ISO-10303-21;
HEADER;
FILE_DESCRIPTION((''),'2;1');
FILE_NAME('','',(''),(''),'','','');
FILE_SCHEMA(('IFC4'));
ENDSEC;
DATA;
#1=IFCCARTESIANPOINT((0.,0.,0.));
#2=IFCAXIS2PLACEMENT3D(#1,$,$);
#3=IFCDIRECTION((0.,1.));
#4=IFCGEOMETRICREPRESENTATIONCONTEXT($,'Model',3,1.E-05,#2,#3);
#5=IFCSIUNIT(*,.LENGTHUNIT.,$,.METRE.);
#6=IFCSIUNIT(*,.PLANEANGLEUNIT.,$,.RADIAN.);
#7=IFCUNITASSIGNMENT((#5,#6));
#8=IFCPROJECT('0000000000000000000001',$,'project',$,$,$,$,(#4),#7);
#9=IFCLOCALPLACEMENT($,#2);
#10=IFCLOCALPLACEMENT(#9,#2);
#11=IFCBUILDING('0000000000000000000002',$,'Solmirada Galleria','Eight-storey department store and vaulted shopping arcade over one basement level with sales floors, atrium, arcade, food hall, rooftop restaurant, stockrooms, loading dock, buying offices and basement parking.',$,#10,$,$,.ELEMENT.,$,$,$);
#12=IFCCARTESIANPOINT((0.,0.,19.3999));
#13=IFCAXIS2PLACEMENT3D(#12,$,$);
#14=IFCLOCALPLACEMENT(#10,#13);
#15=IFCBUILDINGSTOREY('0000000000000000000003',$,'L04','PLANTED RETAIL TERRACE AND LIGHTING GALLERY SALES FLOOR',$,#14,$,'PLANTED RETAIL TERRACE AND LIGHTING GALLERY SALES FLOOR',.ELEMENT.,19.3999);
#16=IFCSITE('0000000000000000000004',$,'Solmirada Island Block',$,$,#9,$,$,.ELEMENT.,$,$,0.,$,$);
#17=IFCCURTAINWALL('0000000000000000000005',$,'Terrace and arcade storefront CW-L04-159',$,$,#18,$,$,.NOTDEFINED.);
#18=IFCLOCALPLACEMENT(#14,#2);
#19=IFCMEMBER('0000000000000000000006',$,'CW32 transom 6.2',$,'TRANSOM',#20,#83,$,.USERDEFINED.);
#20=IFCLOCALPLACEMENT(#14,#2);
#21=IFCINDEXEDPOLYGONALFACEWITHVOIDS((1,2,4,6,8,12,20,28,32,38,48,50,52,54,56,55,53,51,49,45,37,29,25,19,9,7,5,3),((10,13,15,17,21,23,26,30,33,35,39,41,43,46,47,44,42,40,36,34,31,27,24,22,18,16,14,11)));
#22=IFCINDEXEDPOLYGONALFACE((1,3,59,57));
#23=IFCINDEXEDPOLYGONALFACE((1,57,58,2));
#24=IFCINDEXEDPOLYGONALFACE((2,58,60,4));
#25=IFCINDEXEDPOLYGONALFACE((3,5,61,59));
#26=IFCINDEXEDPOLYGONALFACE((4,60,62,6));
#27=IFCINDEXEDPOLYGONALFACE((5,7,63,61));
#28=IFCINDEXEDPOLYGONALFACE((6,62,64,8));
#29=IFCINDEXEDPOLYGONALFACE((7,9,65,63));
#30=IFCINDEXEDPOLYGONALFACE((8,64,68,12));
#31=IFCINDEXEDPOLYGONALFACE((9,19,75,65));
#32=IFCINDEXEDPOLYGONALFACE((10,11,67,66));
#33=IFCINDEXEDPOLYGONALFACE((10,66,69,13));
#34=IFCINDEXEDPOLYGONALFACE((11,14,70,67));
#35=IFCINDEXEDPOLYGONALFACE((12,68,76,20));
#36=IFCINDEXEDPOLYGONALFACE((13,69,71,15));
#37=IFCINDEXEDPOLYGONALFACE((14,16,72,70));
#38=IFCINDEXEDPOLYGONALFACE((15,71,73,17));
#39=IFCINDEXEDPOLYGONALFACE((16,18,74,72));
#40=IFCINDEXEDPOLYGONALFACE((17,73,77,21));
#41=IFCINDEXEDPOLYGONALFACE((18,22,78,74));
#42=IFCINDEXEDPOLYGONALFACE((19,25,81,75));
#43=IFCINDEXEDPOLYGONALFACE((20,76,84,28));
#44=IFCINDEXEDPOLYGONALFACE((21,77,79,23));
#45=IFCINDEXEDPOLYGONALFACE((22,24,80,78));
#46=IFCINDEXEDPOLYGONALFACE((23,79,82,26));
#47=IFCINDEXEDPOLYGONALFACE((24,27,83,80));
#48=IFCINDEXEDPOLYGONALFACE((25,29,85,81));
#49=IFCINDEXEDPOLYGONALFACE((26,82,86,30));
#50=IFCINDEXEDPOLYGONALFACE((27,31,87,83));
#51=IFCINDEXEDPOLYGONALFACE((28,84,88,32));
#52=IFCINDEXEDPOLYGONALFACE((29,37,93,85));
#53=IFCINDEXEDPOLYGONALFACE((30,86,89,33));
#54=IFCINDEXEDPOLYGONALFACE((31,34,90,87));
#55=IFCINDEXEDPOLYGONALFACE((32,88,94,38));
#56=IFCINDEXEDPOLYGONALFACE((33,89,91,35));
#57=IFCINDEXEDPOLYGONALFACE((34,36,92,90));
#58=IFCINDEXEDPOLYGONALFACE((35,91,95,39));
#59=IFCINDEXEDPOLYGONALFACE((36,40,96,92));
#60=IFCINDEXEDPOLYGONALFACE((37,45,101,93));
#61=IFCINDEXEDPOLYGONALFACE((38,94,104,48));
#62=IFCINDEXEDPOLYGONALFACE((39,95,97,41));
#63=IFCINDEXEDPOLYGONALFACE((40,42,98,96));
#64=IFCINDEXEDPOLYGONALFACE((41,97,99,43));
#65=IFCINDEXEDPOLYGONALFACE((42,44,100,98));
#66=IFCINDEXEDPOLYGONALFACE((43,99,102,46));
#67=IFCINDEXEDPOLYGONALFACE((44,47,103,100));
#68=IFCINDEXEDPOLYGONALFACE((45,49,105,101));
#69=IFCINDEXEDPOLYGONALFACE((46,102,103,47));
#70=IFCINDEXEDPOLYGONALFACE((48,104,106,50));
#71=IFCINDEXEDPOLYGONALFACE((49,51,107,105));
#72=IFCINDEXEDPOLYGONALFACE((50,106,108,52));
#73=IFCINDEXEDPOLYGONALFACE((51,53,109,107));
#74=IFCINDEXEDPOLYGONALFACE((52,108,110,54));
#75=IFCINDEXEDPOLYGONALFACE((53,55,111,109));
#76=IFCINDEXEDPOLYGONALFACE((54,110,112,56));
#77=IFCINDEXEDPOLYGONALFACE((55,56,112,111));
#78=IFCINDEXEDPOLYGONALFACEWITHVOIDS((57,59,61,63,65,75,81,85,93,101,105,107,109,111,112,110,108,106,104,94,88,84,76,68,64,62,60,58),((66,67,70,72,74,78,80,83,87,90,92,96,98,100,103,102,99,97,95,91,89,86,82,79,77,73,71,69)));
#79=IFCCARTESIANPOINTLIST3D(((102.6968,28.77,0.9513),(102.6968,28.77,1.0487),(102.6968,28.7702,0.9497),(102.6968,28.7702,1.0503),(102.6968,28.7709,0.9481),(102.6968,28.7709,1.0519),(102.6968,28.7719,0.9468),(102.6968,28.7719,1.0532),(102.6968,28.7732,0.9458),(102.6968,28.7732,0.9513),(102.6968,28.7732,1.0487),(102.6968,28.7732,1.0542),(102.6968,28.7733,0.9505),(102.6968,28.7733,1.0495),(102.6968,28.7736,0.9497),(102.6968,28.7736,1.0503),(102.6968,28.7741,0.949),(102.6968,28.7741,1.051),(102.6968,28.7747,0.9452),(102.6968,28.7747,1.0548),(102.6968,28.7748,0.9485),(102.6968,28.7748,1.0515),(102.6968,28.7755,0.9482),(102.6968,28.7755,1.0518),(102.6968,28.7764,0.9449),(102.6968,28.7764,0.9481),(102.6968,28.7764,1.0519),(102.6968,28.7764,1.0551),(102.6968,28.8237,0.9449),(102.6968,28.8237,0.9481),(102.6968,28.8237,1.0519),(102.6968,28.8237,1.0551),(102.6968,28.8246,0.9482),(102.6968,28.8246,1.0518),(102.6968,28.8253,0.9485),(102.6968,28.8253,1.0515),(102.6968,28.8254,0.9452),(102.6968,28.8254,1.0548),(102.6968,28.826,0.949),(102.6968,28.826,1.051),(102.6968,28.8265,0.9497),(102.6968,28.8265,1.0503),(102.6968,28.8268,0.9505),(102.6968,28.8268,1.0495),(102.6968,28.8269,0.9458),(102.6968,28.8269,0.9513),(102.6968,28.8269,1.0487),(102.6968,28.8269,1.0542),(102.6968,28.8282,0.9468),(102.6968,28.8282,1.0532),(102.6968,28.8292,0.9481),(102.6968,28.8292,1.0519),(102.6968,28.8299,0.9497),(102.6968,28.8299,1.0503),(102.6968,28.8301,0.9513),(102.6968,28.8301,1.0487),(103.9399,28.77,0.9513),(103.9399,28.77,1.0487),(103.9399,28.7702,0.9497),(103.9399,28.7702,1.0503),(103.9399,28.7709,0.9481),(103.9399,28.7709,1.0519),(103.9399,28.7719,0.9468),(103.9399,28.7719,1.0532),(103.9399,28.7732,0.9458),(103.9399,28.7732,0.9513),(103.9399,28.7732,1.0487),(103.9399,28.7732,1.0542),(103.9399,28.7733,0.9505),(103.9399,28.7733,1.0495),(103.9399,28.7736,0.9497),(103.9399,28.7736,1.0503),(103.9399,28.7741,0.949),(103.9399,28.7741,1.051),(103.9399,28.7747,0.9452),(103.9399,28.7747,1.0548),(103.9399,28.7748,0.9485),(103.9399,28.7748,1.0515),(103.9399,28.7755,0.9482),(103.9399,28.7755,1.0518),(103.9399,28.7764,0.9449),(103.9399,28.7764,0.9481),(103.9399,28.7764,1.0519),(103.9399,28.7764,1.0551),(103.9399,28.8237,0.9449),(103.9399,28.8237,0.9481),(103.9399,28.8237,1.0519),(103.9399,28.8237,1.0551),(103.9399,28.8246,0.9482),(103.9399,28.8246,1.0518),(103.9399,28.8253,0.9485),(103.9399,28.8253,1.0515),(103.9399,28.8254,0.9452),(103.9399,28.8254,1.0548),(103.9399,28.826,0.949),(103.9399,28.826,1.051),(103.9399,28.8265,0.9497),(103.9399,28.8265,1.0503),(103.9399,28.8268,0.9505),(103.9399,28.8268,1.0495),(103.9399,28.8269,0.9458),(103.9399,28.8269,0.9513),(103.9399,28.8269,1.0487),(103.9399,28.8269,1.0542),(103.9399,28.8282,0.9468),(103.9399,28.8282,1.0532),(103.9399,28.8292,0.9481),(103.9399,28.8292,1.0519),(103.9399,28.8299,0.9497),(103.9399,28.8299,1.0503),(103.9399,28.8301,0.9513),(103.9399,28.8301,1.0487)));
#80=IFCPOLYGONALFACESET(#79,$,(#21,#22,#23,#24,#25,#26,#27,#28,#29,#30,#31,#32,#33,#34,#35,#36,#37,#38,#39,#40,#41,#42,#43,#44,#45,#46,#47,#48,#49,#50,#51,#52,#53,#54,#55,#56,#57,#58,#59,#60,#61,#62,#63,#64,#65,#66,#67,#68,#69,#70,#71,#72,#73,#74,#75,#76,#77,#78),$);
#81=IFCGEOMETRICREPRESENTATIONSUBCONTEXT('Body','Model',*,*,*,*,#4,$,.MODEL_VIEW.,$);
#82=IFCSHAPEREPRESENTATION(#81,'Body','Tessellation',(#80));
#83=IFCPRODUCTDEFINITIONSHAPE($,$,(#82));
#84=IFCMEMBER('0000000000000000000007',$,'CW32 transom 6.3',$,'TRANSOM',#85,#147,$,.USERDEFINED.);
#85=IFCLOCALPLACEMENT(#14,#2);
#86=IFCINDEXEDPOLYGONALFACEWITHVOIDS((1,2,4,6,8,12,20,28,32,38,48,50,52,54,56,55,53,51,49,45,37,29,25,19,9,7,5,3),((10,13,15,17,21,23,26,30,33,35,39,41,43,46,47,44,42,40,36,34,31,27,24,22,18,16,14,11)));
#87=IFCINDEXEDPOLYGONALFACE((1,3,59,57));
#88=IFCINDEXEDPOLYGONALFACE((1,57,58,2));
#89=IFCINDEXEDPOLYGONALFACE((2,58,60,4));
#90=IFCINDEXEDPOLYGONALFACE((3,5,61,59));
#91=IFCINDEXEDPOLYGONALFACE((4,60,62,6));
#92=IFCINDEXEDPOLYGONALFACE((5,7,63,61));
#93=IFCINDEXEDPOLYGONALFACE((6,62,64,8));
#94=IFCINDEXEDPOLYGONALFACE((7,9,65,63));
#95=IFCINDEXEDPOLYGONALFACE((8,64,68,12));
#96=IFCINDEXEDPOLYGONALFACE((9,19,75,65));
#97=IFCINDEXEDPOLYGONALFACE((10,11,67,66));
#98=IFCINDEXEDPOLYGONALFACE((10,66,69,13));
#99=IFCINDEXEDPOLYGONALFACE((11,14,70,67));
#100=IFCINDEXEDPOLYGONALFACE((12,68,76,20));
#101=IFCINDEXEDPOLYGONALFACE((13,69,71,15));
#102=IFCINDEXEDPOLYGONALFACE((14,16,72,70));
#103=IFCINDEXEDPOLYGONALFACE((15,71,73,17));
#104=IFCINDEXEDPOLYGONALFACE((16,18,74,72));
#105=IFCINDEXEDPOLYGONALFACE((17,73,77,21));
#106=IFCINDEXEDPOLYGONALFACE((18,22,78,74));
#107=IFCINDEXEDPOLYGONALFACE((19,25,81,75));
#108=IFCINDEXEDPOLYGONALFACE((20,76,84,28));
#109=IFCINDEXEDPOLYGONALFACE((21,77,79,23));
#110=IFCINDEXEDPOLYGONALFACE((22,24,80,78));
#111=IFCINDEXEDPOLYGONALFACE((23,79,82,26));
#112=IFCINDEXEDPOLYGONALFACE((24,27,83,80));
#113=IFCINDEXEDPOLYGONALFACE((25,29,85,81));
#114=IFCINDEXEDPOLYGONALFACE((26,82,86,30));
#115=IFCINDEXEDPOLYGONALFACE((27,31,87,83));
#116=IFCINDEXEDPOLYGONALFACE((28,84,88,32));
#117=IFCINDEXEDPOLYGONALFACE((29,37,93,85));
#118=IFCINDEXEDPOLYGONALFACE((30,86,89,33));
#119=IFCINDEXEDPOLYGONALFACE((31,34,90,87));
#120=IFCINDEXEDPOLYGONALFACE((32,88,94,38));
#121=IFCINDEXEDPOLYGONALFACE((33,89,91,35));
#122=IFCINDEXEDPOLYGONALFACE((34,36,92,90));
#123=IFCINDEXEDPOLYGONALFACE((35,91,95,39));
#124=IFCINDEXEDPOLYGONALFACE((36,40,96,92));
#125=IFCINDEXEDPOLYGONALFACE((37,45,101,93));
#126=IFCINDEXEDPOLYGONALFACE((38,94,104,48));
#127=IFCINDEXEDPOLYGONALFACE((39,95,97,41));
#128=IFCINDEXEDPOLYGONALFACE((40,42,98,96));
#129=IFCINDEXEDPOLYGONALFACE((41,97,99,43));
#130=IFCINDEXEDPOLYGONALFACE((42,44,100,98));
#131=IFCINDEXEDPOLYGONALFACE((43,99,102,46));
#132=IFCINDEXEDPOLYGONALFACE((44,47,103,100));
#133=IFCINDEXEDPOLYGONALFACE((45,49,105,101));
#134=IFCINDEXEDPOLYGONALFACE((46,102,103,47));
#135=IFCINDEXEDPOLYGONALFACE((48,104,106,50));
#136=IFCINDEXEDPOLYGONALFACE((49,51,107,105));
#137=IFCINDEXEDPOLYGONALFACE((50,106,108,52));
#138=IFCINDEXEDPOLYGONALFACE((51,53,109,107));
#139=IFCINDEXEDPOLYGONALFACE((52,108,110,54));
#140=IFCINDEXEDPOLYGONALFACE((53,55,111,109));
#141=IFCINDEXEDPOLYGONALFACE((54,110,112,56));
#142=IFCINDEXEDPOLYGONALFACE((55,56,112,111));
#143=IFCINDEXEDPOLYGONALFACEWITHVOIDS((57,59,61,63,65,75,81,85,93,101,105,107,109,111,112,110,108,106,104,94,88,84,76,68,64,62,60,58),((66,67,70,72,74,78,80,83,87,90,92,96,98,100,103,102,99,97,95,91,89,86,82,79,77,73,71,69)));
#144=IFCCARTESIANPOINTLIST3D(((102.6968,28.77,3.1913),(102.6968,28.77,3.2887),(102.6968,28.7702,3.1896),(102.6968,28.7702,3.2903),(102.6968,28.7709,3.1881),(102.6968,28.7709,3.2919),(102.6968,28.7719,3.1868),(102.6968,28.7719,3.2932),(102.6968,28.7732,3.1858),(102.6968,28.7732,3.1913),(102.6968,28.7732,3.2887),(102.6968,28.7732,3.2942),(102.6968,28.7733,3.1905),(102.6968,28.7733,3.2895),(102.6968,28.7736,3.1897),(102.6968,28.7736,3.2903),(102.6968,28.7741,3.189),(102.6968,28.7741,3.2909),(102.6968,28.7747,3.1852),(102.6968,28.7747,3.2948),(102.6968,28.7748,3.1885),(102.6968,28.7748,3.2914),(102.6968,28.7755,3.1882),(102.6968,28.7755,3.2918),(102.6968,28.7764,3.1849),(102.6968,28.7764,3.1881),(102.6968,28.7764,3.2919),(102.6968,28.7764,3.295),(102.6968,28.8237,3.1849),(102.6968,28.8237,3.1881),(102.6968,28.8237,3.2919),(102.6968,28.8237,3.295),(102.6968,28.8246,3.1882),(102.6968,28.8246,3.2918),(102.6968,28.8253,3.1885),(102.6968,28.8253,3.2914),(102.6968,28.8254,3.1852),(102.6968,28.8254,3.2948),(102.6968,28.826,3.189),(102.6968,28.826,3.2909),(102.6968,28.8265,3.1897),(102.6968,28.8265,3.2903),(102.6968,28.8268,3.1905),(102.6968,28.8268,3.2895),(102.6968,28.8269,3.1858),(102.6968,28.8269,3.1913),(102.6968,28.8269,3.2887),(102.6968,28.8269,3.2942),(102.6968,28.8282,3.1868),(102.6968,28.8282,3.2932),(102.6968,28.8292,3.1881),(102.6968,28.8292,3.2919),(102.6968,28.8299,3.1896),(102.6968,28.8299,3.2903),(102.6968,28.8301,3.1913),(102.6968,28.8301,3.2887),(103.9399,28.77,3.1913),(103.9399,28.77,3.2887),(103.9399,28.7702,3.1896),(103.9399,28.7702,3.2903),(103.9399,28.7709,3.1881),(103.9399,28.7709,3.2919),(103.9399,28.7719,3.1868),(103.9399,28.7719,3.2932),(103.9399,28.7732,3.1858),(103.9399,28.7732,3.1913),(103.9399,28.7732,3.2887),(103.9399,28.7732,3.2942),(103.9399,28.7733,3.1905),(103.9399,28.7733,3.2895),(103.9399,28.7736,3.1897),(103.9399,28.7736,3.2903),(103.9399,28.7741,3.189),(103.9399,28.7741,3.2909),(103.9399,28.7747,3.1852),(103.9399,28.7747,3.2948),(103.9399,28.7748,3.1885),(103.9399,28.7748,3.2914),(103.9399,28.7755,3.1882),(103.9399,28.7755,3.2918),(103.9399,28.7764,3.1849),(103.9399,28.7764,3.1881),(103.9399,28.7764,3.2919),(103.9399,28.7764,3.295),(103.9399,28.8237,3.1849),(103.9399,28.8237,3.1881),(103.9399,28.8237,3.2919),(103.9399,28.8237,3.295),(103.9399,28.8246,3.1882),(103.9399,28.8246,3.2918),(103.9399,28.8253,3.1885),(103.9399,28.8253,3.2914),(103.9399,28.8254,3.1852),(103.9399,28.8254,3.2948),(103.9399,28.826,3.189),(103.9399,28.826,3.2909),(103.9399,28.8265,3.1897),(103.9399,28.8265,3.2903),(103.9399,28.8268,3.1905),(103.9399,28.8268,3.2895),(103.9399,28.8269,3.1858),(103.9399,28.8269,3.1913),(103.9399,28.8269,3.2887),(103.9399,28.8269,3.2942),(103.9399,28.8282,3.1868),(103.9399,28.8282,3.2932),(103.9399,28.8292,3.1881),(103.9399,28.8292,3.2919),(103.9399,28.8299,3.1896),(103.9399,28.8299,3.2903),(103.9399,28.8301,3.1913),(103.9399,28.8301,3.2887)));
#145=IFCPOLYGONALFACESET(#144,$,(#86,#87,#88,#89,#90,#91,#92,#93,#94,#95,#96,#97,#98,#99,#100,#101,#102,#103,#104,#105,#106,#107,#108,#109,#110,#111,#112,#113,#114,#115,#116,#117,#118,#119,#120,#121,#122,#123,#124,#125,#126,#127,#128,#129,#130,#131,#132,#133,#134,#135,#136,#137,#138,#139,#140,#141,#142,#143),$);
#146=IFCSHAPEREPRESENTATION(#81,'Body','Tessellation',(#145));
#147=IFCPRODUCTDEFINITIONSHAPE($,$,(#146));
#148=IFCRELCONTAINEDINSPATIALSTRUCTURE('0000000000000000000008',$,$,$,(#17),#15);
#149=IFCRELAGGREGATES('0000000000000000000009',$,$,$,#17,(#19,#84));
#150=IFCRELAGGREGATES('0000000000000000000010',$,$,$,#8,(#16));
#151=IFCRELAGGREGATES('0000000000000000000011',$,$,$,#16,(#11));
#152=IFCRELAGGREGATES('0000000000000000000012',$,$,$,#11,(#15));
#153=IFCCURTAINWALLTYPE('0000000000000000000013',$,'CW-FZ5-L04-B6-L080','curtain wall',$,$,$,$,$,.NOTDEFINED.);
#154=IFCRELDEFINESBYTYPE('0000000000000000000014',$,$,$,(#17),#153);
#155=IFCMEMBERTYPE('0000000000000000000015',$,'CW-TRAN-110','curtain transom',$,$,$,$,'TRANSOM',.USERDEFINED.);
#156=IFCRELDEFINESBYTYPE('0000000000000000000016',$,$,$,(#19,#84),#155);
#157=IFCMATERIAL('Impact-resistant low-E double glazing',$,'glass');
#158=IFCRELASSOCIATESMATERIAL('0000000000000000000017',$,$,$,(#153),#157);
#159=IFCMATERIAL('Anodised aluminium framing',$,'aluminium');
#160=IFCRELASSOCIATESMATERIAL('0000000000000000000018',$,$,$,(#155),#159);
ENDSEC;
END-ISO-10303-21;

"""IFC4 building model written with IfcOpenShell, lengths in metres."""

from ifc_helpers import new_model, si_unit, direction, frame, origin, origin_2d, place, context, subcontext, project, spatial, hollow_rectangle, extrude, material, material_profile, profile_set, type_object, element, aggregate, save


model = new_model("IFC4")

# Units and contexts
model_context = context("Model", 3, precision=1e-05, world=origin(), true_north=direction((0.0, 1.0)))
body_context = subcontext(model_context, "Body", "Model", "MODEL_VIEW")
ifc_project = project(units=[si_unit("LENGTHUNIT", "METRE"), si_unit("PLANEANGLEUNIT", "RADIAN")], contexts=[model_context])

# Site, building, storey
site_placement = place(None, origin())
site = spatial("IfcSite", under=ifc_project, at=site_placement, Name="Solmirada Island Block", CompositionType="ELEMENT", RefElevation=0.0)
building_placement = place(site_placement, origin())
building = spatial("IfcBuilding", under=site, at=building_placement, Name="Solmirada Galleria", Description="Eight-storey department store and vaulted shopping arcade over one basement level with sales floors, atrium, arcade, food hall, rooftop restaurant, stockrooms, loading dock, buying offices and basement parking.", CompositionType="ELEMENT")
storey_placement = place(building_placement, frame((0.0, 0.0, 19.3999)))
storey = spatial("IfcBuildingStorey", under=building, at=storey_placement, Name="L04", Description="PLANTED RETAIL TERRACE AND LIGHTING GALLERY SALES FLOOR", LongName="PLANTED RETAIL TERRACE AND LIGHTING GALLERY SALES FLOOR", CompositionType="ELEMENT", Elevation=19.3999)

# Curtain wall
ifc_material_1 = material(Name="Impact-resistant low-E double glazing", Category="glass")
curtain_wall_type = type_object("IfcCurtainWallType", Name="CW-FZ5-L04-B6-L080", Description="curtain wall", PredefinedType="NOTDEFINED", material=ifc_material_1)
curtain_wall_1_placement = place(storey_placement, origin())
curtain_wall_1 = element("IfcCurtainWall", 1, at=curtain_wall_1_placement, inside=storey, type_object=curtain_wall_type, Name="Terrace and arcade storefront CW-L04-159", PredefinedType="NOTDEFINED")
ifc_material_2 = material(Name="Anodised aluminium framing", Category="aluminium")

# Members
ifc_material_profile_1 = material_profile(ifc_material_2, hollow_rectangle(XDim=0.0601, YDim=0.1101, WallThickness=0.0032, InnerFilletRadius=0.0032, OuterFilletRadius=0.0063, at=origin_2d()), Name="ALU-TRAN-110X60")
ifc_profile_set_1 = profile_set([ifc_material_profile_1], Name="Anodised aluminium framing")
member_type_1 = type_object("IfcMemberType", Name="CW-TRAN-110", Description="curtain transom", ElementType="TRANSOM", PredefinedType="USERDEFINED", material=ifc_profile_set_1)
member_1_placement = place(storey_placement, frame((102.6968, 28.8, 1.0), z_axis=(1.0, 0.0, 0.0), x_axis=(0.0, 1.0, 0.0)))
member_1 = element("IfcMember", 2, at=member_1_placement, type_object=member_type_1, Name="CW32 transom 6.2", ObjectType="TRANSOM", PredefinedType="USERDEFINED", context=body_context, shape_type="SweptSolid", body=[
    extrude(hollow_rectangle(XDim=0.0601, YDim=0.1101, WallThickness=0.0032, InnerFilletRadius=0.0032, OuterFilletRadius=0.0063, at=origin_2d()), origin(), (0.0, 0.0, 1.0), 1.2432),
])
member_2_placement = place(storey_placement, frame((102.6968, 28.8, 3.24), z_axis=(1.0, 0.0, 0.0), x_axis=(0.0, 1.0, 0.0)))
member_2 = element("IfcMember", 3, at=member_2_placement, type_object=member_type_1, Name="CW32 transom 6.3", ObjectType="TRANSOM", PredefinedType="USERDEFINED", context=body_context, shape_type="SweptSolid", body=[
    extrude(hollow_rectangle(XDim=0.0601, YDim=0.1101, WallThickness=0.0032, InnerFilletRadius=0.0032, OuterFilletRadius=0.0063, at=origin_2d()), origin(), (0.0, 0.0, 1.0), 1.2432),
])

aggregate(curtain_wall_1, [member_1, member_2])

save(model, "model.ifc")
